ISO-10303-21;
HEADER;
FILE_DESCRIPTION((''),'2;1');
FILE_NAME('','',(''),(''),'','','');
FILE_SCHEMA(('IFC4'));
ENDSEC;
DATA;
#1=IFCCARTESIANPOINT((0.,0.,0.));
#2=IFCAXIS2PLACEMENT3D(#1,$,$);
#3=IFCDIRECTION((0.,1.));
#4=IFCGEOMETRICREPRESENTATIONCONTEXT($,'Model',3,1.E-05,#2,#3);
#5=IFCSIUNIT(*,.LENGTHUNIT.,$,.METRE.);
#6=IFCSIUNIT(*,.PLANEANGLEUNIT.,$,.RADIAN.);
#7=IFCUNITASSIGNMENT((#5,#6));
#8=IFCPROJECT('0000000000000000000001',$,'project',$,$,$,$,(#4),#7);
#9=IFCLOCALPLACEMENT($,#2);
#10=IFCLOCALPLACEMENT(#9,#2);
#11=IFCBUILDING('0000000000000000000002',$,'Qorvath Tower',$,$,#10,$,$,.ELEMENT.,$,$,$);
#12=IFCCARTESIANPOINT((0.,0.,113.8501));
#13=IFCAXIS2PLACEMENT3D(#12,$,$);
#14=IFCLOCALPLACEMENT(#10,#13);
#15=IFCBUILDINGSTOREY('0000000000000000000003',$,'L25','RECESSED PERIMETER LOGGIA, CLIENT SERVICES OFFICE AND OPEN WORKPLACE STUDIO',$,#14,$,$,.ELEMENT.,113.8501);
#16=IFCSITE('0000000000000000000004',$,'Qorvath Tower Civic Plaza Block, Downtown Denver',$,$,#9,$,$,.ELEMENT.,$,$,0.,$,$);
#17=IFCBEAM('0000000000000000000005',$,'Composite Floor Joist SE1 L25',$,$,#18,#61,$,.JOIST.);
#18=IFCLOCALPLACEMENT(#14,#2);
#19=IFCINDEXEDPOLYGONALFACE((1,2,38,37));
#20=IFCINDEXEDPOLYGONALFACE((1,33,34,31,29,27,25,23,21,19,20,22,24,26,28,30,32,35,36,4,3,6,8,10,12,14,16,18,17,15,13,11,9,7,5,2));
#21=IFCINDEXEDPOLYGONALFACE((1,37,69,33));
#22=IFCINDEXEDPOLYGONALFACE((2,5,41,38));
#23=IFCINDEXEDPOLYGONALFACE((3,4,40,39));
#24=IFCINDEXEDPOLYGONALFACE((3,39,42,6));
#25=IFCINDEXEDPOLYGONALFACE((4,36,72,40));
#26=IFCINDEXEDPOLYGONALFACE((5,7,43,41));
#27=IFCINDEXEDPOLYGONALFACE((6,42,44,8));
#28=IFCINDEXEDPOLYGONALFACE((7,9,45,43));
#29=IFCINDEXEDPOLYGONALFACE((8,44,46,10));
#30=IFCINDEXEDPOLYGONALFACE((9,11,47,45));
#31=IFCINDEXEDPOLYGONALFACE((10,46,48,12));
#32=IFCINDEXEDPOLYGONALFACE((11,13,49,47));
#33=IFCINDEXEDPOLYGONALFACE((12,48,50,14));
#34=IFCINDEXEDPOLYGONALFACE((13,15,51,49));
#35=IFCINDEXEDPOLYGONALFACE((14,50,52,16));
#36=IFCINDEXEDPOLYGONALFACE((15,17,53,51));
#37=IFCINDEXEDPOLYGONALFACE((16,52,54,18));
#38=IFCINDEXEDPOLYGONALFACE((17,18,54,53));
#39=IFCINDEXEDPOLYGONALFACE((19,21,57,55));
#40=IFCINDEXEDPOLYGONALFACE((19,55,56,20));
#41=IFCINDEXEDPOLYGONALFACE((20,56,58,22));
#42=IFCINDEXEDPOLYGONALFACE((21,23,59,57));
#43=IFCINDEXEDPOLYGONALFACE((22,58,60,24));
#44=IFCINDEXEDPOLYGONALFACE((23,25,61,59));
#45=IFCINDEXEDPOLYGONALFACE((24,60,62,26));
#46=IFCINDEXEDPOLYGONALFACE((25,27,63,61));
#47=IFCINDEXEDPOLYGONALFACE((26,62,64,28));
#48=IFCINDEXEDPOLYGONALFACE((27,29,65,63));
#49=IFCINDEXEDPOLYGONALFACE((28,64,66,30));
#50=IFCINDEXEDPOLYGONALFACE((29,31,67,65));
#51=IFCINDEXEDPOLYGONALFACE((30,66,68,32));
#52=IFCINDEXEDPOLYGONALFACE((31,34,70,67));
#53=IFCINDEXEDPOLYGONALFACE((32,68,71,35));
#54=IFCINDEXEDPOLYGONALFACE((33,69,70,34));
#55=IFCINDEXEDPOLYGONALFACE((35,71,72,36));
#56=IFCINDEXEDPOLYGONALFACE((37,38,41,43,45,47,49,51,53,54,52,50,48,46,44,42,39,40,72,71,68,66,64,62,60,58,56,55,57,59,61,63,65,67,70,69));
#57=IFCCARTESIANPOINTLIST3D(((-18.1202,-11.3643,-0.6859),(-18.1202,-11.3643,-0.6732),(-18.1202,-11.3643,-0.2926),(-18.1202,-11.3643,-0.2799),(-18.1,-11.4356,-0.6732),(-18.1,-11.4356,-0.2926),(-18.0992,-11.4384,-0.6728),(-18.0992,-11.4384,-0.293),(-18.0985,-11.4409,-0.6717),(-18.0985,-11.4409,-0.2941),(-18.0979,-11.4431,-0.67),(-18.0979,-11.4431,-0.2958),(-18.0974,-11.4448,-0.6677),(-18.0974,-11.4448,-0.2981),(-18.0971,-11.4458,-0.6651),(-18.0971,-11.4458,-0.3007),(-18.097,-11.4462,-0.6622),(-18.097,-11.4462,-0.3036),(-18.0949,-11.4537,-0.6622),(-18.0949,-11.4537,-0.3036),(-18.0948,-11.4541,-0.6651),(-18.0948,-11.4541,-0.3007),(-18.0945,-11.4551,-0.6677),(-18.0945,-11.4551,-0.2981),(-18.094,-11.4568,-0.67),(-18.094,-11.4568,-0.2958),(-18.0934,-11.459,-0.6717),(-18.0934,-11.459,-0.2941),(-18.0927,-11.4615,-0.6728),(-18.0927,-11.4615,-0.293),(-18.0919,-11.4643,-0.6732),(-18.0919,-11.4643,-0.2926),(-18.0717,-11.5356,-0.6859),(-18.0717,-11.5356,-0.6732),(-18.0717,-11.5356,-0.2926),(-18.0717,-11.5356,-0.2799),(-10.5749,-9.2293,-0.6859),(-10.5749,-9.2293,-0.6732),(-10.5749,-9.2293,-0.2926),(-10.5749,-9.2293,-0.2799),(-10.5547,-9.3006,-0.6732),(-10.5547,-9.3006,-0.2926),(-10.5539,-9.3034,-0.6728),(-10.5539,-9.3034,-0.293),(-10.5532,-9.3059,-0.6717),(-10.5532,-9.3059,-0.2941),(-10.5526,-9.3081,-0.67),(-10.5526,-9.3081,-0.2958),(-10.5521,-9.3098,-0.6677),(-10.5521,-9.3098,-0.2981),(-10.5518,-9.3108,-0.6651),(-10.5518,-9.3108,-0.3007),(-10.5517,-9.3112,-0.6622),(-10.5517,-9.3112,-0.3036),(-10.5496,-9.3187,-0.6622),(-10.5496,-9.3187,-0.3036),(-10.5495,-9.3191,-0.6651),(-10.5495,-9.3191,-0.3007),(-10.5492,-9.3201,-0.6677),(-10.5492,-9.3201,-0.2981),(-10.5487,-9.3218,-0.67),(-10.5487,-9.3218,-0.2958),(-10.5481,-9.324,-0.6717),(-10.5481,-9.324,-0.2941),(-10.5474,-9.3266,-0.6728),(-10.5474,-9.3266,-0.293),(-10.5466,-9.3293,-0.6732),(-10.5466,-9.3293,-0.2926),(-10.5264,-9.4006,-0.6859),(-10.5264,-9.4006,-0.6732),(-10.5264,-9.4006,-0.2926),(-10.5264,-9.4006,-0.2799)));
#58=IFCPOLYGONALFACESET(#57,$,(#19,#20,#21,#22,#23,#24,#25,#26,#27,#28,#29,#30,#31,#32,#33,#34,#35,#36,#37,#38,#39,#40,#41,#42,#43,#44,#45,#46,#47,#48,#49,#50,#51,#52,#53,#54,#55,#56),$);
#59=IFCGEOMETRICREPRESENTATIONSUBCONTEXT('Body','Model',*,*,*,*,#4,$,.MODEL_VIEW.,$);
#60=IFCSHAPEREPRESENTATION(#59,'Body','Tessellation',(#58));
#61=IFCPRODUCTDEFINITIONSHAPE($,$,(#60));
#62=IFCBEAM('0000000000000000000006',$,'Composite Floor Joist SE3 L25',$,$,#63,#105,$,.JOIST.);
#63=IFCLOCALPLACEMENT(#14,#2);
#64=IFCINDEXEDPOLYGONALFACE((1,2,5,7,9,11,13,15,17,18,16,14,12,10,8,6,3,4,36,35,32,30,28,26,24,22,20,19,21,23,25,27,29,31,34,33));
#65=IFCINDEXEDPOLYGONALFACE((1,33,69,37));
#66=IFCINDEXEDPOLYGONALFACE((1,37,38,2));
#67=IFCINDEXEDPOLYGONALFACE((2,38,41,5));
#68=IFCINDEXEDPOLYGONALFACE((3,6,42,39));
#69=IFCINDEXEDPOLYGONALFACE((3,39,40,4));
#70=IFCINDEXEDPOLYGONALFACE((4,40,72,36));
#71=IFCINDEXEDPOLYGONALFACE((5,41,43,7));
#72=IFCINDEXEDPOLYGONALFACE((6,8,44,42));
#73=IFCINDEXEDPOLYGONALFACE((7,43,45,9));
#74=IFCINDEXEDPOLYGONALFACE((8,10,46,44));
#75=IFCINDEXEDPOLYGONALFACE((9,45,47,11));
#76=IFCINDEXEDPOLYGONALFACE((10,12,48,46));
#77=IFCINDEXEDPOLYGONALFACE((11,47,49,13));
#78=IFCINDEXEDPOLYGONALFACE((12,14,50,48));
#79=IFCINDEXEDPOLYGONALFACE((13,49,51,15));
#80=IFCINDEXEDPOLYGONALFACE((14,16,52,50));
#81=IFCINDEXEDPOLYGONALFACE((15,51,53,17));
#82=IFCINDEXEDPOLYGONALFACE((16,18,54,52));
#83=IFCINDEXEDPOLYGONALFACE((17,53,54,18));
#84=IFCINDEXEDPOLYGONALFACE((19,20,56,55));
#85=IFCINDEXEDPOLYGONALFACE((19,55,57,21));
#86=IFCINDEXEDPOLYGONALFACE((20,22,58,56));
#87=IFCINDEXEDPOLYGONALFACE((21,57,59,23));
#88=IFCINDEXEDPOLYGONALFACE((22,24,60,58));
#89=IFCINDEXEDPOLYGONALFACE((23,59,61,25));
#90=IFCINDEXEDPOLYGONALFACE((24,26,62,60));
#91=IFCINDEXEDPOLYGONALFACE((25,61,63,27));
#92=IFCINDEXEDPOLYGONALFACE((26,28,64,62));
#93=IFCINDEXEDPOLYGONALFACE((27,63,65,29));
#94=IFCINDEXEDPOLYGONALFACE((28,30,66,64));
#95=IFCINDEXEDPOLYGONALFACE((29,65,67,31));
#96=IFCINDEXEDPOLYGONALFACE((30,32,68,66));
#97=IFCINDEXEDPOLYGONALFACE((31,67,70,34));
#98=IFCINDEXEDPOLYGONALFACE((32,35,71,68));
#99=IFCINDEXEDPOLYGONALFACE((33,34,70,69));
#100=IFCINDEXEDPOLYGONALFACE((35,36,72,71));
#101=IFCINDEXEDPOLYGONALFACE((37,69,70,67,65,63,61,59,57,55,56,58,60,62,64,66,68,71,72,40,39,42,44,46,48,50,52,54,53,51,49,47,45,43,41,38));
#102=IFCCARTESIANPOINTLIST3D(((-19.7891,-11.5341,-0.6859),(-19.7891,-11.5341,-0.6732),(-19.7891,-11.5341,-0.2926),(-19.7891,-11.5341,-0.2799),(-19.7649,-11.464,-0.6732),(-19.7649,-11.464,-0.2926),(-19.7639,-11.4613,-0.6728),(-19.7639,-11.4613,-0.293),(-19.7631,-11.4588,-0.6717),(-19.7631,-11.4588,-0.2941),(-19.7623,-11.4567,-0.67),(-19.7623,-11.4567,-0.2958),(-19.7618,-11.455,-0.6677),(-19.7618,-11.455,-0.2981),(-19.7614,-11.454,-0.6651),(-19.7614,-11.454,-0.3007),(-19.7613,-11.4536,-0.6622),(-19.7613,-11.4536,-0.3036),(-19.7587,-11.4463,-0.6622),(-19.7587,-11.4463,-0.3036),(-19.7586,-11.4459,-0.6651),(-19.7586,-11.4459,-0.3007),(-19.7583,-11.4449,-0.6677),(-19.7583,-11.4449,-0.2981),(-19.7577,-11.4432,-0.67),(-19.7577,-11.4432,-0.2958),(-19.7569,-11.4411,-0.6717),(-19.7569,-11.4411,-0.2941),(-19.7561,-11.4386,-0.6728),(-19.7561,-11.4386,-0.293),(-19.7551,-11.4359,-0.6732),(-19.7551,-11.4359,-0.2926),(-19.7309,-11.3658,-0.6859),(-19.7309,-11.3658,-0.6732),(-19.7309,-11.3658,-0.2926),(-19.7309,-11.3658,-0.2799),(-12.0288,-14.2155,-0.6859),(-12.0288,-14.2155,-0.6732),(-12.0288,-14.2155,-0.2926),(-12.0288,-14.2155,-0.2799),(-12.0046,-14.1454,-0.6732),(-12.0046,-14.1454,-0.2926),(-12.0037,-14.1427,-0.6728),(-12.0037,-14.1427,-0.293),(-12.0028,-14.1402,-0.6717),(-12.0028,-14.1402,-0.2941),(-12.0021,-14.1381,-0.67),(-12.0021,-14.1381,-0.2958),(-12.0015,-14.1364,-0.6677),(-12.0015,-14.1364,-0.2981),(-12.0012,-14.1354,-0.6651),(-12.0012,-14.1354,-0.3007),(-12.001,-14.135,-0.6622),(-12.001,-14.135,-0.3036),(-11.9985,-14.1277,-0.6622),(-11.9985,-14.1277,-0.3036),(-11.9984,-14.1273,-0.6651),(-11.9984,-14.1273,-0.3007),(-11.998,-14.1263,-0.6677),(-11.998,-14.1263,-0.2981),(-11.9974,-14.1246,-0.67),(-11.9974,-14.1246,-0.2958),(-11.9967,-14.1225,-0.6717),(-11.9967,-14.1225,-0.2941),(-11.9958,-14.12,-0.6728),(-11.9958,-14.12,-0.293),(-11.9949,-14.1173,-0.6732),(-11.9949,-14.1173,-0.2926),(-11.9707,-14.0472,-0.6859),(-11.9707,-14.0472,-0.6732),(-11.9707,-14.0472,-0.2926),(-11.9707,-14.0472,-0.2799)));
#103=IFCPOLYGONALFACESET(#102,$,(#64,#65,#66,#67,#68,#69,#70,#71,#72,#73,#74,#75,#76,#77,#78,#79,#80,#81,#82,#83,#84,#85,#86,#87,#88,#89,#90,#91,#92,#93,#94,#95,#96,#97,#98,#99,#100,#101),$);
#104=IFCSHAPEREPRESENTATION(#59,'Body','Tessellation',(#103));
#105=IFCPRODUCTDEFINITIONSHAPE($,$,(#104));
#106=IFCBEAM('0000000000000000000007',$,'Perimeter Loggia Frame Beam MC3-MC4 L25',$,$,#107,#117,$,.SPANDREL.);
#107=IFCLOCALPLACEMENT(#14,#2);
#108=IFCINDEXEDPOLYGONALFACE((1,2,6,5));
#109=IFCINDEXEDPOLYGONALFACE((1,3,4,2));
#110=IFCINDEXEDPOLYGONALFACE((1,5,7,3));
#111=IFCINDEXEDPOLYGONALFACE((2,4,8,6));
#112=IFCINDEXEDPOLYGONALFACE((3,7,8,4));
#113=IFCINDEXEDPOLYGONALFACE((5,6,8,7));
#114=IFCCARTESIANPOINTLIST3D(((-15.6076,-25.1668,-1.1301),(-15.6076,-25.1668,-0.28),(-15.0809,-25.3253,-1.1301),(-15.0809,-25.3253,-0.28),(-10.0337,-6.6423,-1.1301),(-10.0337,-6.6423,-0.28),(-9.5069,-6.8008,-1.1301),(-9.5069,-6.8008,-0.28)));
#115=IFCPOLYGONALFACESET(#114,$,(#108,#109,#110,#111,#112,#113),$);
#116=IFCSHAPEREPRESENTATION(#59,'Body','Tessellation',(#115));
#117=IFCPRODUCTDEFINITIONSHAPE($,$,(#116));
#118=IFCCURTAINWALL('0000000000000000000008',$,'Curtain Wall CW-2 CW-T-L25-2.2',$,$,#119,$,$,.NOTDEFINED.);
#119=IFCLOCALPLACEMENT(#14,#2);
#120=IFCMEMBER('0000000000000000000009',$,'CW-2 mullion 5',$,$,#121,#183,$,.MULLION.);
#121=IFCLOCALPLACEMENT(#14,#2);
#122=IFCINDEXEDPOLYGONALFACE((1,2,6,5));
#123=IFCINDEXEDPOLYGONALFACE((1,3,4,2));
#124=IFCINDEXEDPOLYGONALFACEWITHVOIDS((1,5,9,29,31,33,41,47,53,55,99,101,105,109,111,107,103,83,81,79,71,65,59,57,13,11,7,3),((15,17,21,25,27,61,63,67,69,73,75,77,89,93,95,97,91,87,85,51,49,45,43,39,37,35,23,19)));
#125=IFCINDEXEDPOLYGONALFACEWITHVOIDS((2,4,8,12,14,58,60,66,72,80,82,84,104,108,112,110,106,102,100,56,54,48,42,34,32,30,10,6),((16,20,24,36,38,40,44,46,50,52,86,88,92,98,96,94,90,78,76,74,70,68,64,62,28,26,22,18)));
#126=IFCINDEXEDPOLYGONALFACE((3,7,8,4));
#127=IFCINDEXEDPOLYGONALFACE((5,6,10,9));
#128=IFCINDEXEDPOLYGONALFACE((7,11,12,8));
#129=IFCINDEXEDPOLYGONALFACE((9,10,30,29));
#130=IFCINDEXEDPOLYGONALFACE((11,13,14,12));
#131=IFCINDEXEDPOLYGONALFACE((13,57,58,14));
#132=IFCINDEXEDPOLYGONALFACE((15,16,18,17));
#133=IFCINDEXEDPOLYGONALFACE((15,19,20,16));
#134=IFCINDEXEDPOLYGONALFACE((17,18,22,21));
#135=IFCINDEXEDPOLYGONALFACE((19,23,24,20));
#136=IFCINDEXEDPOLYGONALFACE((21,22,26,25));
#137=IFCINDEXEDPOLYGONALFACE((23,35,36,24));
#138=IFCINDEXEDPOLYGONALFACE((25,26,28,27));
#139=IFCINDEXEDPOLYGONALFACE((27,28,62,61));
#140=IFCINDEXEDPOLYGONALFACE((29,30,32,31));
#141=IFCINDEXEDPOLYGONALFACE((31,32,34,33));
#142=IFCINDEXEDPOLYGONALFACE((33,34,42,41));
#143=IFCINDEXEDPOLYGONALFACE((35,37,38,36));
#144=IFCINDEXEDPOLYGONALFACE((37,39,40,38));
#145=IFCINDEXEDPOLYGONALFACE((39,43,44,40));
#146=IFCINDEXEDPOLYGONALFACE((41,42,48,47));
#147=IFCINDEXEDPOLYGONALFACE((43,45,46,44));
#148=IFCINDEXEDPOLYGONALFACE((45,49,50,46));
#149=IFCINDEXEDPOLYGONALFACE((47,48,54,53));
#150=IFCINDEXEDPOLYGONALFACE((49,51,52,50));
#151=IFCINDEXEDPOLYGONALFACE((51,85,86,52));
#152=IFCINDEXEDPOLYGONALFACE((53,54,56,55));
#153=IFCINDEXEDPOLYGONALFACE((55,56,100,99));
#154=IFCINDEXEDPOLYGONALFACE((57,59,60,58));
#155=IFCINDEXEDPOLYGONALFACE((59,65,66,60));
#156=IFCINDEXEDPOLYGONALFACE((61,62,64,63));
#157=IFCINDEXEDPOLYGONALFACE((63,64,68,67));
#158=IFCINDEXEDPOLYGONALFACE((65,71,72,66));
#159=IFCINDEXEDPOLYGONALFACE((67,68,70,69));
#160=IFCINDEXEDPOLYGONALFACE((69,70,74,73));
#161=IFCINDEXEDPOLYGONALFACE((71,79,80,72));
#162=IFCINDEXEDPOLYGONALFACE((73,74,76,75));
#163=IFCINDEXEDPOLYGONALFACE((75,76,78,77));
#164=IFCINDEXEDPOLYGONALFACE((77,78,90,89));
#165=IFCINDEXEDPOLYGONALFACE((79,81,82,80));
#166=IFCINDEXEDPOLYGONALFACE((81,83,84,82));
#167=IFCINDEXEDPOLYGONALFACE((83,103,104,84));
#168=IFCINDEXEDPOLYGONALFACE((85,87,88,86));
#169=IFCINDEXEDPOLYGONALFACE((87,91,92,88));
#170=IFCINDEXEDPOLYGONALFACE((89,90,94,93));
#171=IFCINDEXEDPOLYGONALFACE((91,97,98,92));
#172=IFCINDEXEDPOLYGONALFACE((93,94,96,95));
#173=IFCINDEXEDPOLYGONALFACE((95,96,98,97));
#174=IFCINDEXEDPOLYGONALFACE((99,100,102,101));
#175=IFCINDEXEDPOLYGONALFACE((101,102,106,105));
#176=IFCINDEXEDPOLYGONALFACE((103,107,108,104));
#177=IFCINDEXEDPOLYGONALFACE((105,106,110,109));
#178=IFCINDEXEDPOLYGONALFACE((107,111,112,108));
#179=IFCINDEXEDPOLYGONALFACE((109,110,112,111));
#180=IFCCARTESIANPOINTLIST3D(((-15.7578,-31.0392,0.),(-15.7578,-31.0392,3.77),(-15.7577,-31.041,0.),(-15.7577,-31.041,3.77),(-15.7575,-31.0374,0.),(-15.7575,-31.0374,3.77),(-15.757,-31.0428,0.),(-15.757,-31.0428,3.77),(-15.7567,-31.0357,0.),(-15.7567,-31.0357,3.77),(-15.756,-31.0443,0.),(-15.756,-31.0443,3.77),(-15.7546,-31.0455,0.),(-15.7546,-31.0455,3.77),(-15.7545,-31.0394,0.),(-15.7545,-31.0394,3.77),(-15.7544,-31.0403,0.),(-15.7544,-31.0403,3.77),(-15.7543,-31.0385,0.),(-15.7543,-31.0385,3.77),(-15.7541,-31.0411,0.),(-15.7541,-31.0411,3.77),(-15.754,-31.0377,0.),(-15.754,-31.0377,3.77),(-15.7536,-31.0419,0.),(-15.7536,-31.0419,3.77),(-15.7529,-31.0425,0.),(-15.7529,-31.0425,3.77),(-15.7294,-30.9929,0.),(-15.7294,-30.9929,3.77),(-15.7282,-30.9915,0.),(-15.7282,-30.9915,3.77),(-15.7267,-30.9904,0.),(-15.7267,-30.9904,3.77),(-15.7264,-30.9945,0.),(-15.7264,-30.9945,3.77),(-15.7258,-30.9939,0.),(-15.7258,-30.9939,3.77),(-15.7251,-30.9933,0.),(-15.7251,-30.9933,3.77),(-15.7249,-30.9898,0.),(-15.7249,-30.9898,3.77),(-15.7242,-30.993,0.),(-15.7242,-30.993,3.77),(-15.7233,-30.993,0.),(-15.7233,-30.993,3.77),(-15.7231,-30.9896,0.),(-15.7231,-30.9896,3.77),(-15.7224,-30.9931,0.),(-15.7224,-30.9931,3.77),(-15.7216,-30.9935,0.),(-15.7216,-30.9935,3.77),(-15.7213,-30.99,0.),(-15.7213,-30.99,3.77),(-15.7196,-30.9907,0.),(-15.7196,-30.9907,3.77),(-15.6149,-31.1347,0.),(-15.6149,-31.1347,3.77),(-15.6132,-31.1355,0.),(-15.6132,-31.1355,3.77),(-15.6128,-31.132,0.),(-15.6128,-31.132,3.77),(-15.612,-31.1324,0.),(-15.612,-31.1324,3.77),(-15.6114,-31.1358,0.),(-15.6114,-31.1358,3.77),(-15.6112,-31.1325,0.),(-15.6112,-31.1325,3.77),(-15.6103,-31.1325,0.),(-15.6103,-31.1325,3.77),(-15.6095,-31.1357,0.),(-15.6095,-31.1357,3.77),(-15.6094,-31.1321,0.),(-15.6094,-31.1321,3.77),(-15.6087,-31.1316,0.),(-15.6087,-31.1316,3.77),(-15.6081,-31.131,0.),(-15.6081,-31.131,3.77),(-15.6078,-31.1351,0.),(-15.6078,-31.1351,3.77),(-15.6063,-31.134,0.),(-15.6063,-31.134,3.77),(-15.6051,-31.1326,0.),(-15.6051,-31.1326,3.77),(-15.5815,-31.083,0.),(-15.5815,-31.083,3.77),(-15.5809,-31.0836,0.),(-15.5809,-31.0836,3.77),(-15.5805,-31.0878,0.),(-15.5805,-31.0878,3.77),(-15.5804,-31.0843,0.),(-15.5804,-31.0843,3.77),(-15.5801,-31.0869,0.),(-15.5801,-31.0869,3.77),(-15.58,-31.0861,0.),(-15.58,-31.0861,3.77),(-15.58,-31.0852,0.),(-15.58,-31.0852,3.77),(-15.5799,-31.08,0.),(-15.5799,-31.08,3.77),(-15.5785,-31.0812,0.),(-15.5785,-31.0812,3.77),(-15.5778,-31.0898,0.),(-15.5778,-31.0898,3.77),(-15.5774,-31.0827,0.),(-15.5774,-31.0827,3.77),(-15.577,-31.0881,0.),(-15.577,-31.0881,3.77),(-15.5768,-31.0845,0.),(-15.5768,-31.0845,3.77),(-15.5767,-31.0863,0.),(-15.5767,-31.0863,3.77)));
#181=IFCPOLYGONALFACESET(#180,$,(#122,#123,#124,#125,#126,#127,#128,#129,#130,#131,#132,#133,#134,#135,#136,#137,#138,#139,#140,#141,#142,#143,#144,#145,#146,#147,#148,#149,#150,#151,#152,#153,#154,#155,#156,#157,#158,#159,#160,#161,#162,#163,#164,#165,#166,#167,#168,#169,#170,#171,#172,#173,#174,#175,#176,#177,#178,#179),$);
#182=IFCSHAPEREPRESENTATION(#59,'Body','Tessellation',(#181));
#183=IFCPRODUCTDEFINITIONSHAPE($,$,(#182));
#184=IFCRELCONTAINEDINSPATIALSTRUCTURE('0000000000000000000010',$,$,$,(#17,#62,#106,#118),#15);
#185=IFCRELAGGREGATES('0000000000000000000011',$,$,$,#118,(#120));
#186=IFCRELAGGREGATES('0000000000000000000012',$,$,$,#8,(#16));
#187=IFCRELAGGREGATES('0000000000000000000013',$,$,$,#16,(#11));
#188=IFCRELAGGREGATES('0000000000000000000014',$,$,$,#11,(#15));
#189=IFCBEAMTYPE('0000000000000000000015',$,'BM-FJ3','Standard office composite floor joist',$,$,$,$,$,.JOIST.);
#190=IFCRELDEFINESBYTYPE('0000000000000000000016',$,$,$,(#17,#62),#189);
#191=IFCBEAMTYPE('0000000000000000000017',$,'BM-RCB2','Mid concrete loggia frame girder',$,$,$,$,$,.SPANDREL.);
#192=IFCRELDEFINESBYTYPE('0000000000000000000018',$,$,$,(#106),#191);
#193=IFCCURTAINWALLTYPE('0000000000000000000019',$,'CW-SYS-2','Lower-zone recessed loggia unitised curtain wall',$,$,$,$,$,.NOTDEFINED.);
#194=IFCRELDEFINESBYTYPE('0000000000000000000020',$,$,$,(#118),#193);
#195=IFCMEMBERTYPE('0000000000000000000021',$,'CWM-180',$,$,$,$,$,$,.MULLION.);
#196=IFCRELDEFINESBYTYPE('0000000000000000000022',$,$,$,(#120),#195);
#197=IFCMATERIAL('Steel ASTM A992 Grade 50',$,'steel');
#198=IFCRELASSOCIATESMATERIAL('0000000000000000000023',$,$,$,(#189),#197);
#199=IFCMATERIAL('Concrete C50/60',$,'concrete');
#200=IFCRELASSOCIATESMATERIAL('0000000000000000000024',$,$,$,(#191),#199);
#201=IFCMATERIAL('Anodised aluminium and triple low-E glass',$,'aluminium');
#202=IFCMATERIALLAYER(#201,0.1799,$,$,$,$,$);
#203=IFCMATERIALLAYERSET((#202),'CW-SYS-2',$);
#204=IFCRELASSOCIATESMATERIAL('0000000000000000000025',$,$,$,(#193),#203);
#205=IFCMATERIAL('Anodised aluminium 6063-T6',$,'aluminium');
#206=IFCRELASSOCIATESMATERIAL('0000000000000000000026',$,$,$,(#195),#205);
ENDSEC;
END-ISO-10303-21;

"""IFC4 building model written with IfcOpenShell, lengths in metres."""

from ifc_helpers import new_model, si_unit, direction, frame, origin, origin_2d, place, context, subcontext, project, spatial, rectangle, hollow_rectangle, i_section, extrude, material, layer, layer_set, material_profile, profile_set, type_object, element, aggregate, save


model = new_model("IFC4")

# Units and contexts
model_context = context("Model", 3, precision=1e-05, world=origin(), true_north=direction((0.0, 1.0)))
body_context = subcontext(model_context, "Body", "Model", "MODEL_VIEW")
ifc_project = project(units=[si_unit("LENGTHUNIT", "METRE"), si_unit("PLANEANGLEUNIT", "RADIAN")], contexts=[model_context])

# Site, building, storey
site_placement = place(None, origin())
site = spatial("IfcSite", under=ifc_project, at=site_placement, Name="Qorvath Tower Civic Plaza Block, Downtown Denver", CompositionType="ELEMENT", RefElevation=0.0)
building_placement = place(site_placement, origin())
building = spatial("IfcBuilding", under=site, at=building_placement, Name="Qorvath Tower", CompositionType="ELEMENT")
storey_placement = place(building_placement, frame((0.0, 0.0, 113.8501)))
storey = spatial("IfcBuildingStorey", under=building, at=storey_placement, Name="L25", Description="RECESSED PERIMETER LOGGIA, CLIENT SERVICES OFFICE AND OPEN WORKPLACE STUDIO", CompositionType="ELEMENT", Elevation=113.8501)

# Beams
ifc_material_1 = material(Name="Steel ASTM A992 Grade 50", Category="steel")
ifc_material_profile_1 = material_profile(ifc_material_1, i_section(OverallWidth=0.178, OverallDepth=0.406, WebThickness=0.0078, FlangeThickness=0.0127, FilletRadius=0.011, at=origin_2d()), Name="W16x40")
ifc_profile_set_1 = profile_set([ifc_material_profile_1], Name="Steel ASTM A992 Grade 50")
beam_type_1 = type_object("IfcBeamType", Name="BM-FJ3", Description="Standard office composite floor joist", PredefinedType="JOIST", material=ifc_profile_set_1)
beam_1_placement = place(storey_placement, frame((-18.0959, -11.45, -0.4829), z_axis=(0.962222, 0.272265, 0.0), x_axis=(-0.272265, 0.962222, 0.0)))
element("IfcBeam", 1, at=beam_1_placement, inside=storey, type_object=beam_type_1, Name="Composite Floor Joist SE1 L25", PredefinedType="JOIST", context=body_context, shape_type="SweptSolid", body=[
    extrude(i_section(OverallWidth=0.178, OverallDepth=0.406, WebThickness=0.0078, FlangeThickness=0.0127, FilletRadius=0.011, at=origin_2d()), origin(), (0.0, 0.0, 1.0), 7.8416),
])
beam_2_placement = place(storey_placement, frame((-19.76, -11.45, -0.4829), z_axis=(0.945168, -0.326584, 0.0), x_axis=(0.326584, 0.945168, 0.0)))
element("IfcBeam", 2, at=beam_2_placement, inside=storey, type_object=beam_type_1, Name="Composite Floor Joist SE3 L25", PredefinedType="JOIST", context=body_context, shape_type="SweptSolid", body=[
    extrude(i_section(OverallWidth=0.178, OverallDepth=0.406, WebThickness=0.0078, FlangeThickness=0.0127, FilletRadius=0.011, at=origin_2d()), origin(), (0.0, 0.0, 1.0), 8.2104),
])
ifc_material_2 = material(Name="Concrete C50/60", Category="concrete")
ifc_material_profile_2 = material_profile(ifc_material_2, rectangle(XDim=0.55, YDim=0.8501, at=origin_2d()), Name="RCB 850x550")
ifc_profile_set_2 = profile_set([ifc_material_profile_2], Name="Concrete C50/60")
beam_type_2 = type_object("IfcBeamType", Name="BM-RCB2", Description="Mid concrete loggia frame girder", PredefinedType="SPANDREL", material=ifc_profile_set_2)
beam_3_placement = place(storey_placement, frame((-15.3442, -25.2461, -0.7051), z_axis=(0.288134, 0.95759, 0.0), x_axis=(-0.95759, 0.288134, 0.0)))
element("IfcBeam", 3, at=beam_3_placement, inside=storey, type_object=beam_type_2, Name="Perimeter Loggia Frame Beam MC3-MC4 L25", PredefinedType="SPANDREL", context=body_context, shape_type="SweptSolid", body=[
    extrude(rectangle(XDim=0.55, YDim=0.8501, at=origin_2d()), origin(), (0.0, 0.0, 1.0), 19.345),
])

# Curtain wall, member
ifc_material_3 = material(Name="Anodised aluminium and triple low-E glass", Category="aluminium")
ifc_layer_1 = layer(ifc_material_3, 0.1799)
ifc_layer_set_1 = layer_set([ifc_layer_1], Name="CW-SYS-2")
curtain_wall_type = type_object("IfcCurtainWallType", Name="CW-SYS-2", Description="Lower-zone recessed loggia unitised curtain wall", PredefinedType="NOTDEFINED", material=ifc_layer_set_1)
curtain_wall_1_placement = place(storey_placement, origin())
curtain_wall_1 = element("IfcCurtainWall", 4, at=curtain_wall_1_placement, inside=storey, type_object=curtain_wall_type, Name="Curtain Wall CW-2 CW-T-L25-2.2", PredefinedType="NOTDEFINED")
ifc_material_4 = material(Name="Anodised aluminium 6063-T6", Category="aluminium")
ifc_material_profile_3 = material_profile(ifc_material_4, hollow_rectangle(XDim=0.0649, YDim=0.1799, WallThickness=0.0034, InnerFilletRadius=0.0034, OuterFilletRadius=0.0071, at=origin_2d()), Name="CWM 180x65")
ifc_profile_set_3 = profile_set([ifc_material_profile_3], Name="Anodised aluminium 6063-T6")
member_type_1 = type_object("IfcMemberType", Name="CWM-180", PredefinedType="MULLION", material=ifc_profile_set_3)
member_1_placement = place(storey_placement, frame((-15.6672, -31.0627, 0.0), z_axis=(0.0, 0.0, 1.0), x_axis=(0.538538, 0.842601, 0.0)))
member_1 = element("IfcMember", 5, at=member_1_placement, type_object=member_type_1, Name="CW-2 mullion 5", PredefinedType="MULLION", context=body_context, shape_type="SweptSolid", body=[
    extrude(hollow_rectangle(XDim=0.0649, YDim=0.1799, WallThickness=0.0034, InnerFilletRadius=0.0034, OuterFilletRadius=0.0071, at=origin_2d()), origin(), (0.0, 0.0, 1.0), 3.77),
])

aggregate(curtain_wall_1, [member_1])

save(model, "model.ifc")
